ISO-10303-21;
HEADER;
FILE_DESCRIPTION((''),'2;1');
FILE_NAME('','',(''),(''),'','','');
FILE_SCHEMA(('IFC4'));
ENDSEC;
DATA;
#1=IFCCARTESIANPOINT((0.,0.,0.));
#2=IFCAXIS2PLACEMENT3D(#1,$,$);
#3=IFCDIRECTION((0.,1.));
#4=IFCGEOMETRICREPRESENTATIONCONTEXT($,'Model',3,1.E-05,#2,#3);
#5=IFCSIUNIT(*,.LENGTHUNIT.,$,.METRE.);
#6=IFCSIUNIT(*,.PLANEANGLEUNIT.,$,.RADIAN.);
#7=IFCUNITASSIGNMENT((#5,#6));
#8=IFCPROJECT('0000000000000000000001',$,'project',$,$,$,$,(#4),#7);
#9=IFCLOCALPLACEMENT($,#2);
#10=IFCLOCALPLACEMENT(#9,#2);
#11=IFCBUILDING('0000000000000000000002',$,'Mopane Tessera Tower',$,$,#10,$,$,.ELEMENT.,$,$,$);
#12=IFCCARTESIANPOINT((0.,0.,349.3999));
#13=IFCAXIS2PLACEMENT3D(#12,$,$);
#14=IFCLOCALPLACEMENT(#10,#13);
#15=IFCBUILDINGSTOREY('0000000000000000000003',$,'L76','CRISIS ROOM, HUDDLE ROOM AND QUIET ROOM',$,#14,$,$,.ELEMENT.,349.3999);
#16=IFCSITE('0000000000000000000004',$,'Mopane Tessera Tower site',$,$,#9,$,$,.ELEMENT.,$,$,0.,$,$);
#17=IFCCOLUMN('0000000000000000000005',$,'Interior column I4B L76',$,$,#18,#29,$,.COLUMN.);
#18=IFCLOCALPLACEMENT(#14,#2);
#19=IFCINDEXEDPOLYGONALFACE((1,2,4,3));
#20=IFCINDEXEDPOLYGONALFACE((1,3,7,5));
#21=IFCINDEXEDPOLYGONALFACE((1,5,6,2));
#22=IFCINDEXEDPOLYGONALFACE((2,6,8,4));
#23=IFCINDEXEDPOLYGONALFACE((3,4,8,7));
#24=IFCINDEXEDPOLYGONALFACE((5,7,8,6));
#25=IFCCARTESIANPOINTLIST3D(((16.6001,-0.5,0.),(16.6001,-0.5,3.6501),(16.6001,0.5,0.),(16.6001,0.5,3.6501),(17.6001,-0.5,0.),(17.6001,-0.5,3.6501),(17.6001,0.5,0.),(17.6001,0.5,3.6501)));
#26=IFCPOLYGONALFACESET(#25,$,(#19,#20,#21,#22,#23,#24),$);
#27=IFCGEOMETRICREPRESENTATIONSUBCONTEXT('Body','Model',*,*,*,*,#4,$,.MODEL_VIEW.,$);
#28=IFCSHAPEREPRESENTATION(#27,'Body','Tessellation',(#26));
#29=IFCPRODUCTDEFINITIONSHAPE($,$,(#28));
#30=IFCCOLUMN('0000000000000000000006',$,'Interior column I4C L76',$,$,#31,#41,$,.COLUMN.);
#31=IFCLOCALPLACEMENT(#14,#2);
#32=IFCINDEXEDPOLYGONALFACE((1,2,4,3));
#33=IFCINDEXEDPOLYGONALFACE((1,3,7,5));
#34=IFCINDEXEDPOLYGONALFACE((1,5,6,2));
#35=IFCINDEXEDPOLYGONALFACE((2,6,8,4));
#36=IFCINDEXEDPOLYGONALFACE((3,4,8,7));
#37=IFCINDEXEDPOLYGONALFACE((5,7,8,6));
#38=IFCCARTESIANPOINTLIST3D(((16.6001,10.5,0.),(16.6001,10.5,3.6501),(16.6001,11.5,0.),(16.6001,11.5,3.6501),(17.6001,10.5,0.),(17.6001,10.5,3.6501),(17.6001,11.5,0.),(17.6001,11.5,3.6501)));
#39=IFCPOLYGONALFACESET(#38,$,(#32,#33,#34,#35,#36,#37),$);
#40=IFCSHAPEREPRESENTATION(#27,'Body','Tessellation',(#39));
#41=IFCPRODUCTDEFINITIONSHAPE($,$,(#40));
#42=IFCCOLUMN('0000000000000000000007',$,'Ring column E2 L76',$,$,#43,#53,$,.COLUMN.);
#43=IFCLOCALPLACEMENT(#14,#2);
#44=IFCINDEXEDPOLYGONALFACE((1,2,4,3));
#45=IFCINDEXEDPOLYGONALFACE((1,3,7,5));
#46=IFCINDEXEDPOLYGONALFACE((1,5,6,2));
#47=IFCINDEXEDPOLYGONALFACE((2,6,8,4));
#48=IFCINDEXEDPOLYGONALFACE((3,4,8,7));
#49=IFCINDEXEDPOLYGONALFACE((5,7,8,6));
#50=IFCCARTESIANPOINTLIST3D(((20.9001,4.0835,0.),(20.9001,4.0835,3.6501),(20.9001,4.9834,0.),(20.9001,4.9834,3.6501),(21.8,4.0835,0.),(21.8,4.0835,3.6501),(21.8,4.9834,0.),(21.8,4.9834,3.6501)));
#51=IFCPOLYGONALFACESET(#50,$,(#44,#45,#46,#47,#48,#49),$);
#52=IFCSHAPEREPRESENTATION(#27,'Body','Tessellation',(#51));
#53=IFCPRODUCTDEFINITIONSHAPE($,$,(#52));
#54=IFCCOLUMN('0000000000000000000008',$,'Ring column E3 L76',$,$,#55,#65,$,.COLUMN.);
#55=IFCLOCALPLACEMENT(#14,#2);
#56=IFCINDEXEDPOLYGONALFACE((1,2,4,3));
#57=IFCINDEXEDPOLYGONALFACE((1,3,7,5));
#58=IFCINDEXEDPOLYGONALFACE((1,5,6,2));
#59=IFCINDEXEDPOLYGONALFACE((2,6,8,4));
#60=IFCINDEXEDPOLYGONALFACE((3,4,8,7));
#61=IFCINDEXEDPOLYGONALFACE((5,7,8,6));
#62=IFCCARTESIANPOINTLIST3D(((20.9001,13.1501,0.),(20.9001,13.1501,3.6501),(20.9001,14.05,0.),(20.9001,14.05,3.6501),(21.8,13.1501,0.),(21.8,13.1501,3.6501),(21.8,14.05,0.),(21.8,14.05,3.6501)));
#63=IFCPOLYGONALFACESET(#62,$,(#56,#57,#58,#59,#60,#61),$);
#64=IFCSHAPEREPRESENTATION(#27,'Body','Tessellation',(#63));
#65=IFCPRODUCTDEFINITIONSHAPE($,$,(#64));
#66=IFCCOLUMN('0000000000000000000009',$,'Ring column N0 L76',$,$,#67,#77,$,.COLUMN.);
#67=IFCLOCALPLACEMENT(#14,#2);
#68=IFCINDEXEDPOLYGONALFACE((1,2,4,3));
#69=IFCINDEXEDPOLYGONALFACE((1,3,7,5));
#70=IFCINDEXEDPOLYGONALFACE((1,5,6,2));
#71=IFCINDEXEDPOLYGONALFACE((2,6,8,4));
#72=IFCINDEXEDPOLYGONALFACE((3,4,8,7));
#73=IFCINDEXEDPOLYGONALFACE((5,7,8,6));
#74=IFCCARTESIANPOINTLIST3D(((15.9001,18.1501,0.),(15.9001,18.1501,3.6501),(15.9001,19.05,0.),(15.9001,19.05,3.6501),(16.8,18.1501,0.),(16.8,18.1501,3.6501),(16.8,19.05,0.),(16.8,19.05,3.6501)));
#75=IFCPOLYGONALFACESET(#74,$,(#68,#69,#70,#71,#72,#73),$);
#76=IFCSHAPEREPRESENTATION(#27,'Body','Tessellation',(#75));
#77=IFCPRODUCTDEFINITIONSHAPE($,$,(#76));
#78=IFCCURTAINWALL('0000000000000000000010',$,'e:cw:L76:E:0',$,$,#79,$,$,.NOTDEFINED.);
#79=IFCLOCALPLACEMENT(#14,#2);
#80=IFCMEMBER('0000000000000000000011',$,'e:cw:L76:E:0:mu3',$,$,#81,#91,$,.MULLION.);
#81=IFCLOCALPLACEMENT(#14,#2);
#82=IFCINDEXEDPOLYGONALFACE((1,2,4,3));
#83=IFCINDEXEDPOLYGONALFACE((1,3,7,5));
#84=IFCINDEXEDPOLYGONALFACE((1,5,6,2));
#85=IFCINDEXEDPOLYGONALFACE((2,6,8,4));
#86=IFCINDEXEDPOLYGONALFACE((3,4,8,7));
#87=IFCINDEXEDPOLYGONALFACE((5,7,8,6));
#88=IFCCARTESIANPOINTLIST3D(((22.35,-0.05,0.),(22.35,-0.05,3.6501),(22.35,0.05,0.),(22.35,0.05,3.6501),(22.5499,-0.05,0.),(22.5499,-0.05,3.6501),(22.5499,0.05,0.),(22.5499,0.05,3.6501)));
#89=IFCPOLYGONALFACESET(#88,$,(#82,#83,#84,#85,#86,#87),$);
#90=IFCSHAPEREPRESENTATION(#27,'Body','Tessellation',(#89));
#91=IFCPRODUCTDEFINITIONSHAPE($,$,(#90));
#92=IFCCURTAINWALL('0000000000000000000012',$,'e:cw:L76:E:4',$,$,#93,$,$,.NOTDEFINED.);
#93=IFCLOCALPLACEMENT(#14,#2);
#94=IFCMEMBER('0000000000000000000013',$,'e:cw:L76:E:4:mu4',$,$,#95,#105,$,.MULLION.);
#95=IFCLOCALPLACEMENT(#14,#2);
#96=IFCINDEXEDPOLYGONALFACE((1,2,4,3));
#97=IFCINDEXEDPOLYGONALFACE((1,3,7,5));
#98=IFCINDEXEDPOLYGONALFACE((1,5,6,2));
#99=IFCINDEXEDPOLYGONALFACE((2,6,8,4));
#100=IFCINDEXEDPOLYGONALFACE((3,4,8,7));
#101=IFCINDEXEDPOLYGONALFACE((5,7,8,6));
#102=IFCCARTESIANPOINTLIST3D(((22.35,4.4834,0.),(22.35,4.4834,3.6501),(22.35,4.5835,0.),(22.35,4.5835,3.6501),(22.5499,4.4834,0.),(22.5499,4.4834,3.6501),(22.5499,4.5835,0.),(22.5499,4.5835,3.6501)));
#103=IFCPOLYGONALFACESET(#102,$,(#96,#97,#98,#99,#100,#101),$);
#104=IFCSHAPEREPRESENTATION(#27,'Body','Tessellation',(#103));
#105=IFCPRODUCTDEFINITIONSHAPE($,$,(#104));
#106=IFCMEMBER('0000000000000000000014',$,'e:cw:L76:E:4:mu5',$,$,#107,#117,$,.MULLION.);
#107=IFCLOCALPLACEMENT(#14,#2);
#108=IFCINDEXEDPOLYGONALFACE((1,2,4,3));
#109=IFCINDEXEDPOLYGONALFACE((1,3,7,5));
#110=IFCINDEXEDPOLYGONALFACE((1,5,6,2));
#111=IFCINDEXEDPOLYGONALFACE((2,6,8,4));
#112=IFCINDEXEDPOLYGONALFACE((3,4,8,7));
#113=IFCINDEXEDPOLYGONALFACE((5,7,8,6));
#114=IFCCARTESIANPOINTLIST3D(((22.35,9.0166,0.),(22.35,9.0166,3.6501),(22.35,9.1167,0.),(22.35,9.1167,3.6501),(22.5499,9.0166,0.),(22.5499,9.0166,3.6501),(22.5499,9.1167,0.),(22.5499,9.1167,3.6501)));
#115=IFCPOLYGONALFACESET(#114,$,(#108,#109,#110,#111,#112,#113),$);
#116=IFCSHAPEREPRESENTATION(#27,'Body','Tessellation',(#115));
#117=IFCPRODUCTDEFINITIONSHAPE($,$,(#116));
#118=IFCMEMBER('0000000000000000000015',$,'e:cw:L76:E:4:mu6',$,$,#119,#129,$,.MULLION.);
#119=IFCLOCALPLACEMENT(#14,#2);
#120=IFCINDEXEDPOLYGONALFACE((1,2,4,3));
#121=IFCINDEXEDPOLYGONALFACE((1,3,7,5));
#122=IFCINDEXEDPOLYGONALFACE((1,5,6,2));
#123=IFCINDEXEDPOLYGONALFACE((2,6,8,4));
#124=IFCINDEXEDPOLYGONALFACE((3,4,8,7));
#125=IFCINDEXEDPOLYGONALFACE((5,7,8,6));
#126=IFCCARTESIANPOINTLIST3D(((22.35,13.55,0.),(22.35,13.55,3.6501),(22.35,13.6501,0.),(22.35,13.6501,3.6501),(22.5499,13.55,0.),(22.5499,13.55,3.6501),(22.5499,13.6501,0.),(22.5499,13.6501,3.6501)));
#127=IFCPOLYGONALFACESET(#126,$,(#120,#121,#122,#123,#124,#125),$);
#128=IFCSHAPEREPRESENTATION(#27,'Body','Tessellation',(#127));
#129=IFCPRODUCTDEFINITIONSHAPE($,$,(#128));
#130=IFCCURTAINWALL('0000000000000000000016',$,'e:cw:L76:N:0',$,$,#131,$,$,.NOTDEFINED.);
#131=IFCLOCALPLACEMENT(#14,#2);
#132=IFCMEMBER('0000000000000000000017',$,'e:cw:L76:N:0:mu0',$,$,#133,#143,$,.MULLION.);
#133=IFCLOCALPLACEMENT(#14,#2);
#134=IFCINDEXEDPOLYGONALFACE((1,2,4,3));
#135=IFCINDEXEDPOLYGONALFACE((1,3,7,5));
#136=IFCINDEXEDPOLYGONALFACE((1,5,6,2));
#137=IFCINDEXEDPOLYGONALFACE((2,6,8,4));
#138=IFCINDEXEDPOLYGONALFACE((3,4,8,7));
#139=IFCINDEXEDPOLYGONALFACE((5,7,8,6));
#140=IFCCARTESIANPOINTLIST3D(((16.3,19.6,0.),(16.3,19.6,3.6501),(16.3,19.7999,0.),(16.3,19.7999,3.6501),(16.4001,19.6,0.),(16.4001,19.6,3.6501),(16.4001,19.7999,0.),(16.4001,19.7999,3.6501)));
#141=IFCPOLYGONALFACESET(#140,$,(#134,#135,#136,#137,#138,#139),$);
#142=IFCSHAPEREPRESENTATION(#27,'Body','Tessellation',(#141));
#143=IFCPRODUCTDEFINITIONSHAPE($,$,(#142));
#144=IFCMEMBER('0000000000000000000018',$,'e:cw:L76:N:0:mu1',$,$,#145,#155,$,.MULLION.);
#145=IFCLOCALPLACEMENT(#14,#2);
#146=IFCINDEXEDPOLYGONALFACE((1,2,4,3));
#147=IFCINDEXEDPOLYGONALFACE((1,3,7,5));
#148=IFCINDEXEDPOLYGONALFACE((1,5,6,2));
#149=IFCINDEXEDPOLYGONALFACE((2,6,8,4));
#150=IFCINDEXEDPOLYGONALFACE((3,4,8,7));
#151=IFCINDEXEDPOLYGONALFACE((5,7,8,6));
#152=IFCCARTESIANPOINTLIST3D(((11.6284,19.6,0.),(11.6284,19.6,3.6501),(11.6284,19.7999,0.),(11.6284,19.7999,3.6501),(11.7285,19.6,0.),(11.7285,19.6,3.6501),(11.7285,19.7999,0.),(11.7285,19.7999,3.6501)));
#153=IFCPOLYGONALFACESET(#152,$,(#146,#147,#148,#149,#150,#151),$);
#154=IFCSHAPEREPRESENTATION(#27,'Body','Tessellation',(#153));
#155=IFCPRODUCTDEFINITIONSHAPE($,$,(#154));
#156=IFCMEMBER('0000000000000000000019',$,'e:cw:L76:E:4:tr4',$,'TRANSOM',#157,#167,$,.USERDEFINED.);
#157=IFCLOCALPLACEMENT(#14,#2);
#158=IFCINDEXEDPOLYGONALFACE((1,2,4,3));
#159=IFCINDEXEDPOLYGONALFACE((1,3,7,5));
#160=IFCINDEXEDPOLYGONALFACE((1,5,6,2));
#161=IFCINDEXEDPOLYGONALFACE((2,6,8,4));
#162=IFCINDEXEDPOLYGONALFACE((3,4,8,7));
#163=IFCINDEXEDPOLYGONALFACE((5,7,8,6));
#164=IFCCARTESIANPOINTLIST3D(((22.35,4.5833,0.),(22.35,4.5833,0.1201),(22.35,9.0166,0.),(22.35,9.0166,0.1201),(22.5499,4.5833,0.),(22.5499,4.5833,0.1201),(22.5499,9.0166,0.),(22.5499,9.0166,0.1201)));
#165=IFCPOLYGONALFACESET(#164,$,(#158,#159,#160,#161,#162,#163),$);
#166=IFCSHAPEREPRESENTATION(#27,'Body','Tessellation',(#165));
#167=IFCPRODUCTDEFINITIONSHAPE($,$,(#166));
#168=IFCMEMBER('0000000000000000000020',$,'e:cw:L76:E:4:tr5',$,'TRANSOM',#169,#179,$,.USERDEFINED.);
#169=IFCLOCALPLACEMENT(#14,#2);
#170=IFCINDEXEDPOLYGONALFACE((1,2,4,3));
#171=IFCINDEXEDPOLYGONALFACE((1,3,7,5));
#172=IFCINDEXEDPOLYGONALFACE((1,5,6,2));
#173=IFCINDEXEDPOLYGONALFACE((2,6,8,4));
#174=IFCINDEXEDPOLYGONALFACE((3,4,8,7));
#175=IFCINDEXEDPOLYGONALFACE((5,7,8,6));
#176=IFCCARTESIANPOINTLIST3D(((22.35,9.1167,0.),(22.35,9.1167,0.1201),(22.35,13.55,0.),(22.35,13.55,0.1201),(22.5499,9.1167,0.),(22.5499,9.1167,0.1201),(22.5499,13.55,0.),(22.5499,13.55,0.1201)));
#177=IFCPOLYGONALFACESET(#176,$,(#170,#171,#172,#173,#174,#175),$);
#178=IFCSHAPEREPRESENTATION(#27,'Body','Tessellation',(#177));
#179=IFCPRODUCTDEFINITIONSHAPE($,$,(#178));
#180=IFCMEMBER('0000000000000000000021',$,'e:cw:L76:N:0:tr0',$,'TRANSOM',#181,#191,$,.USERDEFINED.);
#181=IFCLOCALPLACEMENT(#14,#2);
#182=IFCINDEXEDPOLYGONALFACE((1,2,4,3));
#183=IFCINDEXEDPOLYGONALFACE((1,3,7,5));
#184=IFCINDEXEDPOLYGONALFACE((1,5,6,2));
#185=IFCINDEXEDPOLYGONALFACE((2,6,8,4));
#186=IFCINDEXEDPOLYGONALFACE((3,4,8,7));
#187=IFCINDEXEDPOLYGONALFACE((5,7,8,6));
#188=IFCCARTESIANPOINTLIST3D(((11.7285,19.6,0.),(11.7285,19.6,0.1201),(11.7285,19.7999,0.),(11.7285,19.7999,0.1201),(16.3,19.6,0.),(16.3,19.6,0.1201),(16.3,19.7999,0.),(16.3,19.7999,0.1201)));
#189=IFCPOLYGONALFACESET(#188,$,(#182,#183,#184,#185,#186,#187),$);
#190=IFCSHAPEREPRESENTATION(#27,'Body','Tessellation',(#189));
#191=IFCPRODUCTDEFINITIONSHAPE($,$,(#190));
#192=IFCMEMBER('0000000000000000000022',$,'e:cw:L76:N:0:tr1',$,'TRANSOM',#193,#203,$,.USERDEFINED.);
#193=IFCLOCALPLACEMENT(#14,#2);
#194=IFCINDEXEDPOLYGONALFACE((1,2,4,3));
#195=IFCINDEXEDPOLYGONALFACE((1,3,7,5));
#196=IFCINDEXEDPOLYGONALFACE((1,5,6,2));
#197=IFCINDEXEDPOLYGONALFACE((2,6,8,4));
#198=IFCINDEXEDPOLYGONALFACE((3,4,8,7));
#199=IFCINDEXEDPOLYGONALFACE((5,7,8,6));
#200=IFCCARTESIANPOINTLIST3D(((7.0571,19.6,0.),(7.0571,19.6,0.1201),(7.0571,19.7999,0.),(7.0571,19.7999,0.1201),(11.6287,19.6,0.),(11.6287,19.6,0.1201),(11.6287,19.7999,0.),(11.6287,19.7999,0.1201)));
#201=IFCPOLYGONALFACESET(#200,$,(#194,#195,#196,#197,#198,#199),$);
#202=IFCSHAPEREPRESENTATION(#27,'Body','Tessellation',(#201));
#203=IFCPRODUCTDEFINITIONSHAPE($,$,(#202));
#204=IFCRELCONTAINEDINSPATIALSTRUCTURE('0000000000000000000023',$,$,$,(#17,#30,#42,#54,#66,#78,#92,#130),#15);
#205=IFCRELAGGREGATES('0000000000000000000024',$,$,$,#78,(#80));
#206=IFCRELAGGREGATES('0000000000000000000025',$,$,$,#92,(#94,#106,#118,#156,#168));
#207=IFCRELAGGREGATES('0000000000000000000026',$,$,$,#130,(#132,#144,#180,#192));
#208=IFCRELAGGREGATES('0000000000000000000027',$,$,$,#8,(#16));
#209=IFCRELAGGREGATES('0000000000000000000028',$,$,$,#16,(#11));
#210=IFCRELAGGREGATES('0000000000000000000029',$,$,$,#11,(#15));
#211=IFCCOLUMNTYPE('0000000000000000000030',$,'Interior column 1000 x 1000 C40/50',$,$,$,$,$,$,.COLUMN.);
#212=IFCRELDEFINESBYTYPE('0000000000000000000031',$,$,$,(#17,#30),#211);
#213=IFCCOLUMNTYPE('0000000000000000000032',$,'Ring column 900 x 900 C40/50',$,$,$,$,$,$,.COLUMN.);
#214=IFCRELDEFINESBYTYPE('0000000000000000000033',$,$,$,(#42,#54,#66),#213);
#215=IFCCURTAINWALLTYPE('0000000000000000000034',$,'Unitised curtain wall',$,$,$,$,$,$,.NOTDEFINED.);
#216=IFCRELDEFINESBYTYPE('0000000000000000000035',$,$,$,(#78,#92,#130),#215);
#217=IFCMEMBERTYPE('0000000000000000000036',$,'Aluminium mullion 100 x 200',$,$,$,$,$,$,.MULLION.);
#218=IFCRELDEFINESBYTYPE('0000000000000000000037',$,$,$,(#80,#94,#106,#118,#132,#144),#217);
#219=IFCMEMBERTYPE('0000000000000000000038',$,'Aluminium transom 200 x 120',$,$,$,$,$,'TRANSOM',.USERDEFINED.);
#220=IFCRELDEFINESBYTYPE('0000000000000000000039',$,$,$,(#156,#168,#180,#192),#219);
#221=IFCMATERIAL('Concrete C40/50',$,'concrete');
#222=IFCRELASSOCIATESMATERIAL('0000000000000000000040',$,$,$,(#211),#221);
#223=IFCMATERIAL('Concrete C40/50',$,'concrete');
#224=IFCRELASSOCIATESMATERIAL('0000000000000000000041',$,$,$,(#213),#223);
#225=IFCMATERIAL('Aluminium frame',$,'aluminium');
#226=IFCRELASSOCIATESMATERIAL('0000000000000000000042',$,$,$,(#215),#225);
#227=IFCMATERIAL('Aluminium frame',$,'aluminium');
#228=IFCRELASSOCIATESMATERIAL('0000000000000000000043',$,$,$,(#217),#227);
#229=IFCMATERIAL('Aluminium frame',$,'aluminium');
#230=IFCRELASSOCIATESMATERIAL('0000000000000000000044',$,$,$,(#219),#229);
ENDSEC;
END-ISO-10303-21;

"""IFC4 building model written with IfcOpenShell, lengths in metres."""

from ifc_helpers import new_model, si_unit, direction, frame, origin, origin_2d, place, context, subcontext, project, spatial, rectangle, extrude, material, material_profile, profile_set, type_object, element, aggregate, save


model = new_model("IFC4")

# Units and contexts
model_context = context("Model", 3, precision=1e-05, world=origin(), true_north=direction((0.0, 1.0)))
body_context = subcontext(model_context, "Body", "Model", "MODEL_VIEW")
ifc_project = project(units=[si_unit("LENGTHUNIT", "METRE"), si_unit("PLANEANGLEUNIT", "RADIAN")], contexts=[model_context])

# Site, building, storey
site_placement = place(None, origin())
site = spatial("IfcSite", under=ifc_project, at=site_placement, Name="Mopane Tessera Tower site", CompositionType="ELEMENT", RefElevation=0.0)
building_placement = place(site_placement, origin())
building = spatial("IfcBuilding", under=site, at=building_placement, Name="Mopane Tessera Tower", CompositionType="ELEMENT")
storey_placement = place(building_placement, frame((0.0, 0.0, 349.3999)))
storey = spatial("IfcBuildingStorey", under=building, at=storey_placement, Name="L76", Description="CRISIS ROOM, HUDDLE ROOM AND QUIET ROOM", CompositionType="ELEMENT", Elevation=349.3999)

# Columns
ifc_material_1 = material(Name="Concrete C40/50", Category="concrete")
ifc_material_profile_1 = material_profile(ifc_material_1, rectangle(XDim=1.0, YDim=1.0, at=origin_2d()))
ifc_profile_set_1 = profile_set([ifc_material_profile_1], Name="Concrete C40/50")
column_type_1 = type_object("IfcColumnType", Name="Interior column 1000 x 1000 C40/50", PredefinedType="COLUMN", material=ifc_profile_set_1)
for number, where, z_axis, x_axis, name in (
    (1, (17.1001, 0.0, 0.0), (0.0, 0.0, 1.0), (1.0, 0.0, 0.0), "Interior column I4B L76"),
    (2, (17.1001, 11.0, 0.0), (0.0, 0.0, 1.0), (1.0, 0.0, 0.0), "Interior column I4C L76"),
):
    element("IfcColumn", number, at=place(storey_placement, frame(where, z_axis=z_axis, x_axis=x_axis)), inside=storey, type_object=column_type_1, Name=name, PredefinedType="COLUMN", context=body_context, shape_type="SweptSolid", body=[
        extrude(rectangle(XDim=1.0, YDim=1.0, at=origin_2d()), origin(), (0.0, 0.0, 1.0), 3.6501),
    ])
ifc_material_2 = material(Name="Concrete C40/50", Category="concrete")
ifc_material_profile_2 = material_profile(ifc_material_2, rectangle(XDim=0.8999, YDim=0.8999, at=origin_2d()))
ifc_profile_set_2 = profile_set([ifc_material_profile_2], Name="Concrete C40/50")
column_type_2 = type_object("IfcColumnType", Name="Ring column 900 x 900 C40/50", PredefinedType="COLUMN", material=ifc_profile_set_2)
for number, where, z_axis, x_axis, name in (
    (3, (21.3501, 4.5334, 0.0), (0.0, 0.0, 1.0), (1.0, 0.0, 0.0), "Ring column E2 L76"),
    (4, (21.3501, 13.6001, 0.0), (0.0, 0.0, 1.0), (1.0, 0.0, 0.0), "Ring column E3 L76"),
    (5, (16.3501, 18.6001, 0.0), (0.0, 0.0, 1.0), (1.0, 0.0, 0.0), "Ring column N0 L76"),
):
    element("IfcColumn", number, at=place(storey_placement, frame(where, z_axis=z_axis, x_axis=x_axis)), inside=storey, type_object=column_type_2, Name=name, PredefinedType="COLUMN", context=body_context, shape_type="SweptSolid", body=[
        extrude(rectangle(XDim=0.8999, YDim=0.8999, at=origin_2d()), origin(), (0.0, 0.0, 1.0), 3.6501),
    ])

# Curtain wall, member
ifc_material_3 = material(Name="Aluminium frame", Category="aluminium")
curtain_wall_type = type_object("IfcCurtainWallType", Name="Unitised curtain wall", PredefinedType="NOTDEFINED", material=ifc_material_3)
curtain_wall_1_placement = place(storey_placement, origin())
curtain_wall_1 = element("IfcCurtainWall", 6, at=curtain_wall_1_placement, inside=storey, type_object=curtain_wall_type, Name="e:cw:L76:E:0", PredefinedType="NOTDEFINED")
ifc_material_4 = material(Name="Aluminium frame", Category="aluminium")
ifc_material_profile_3 = material_profile(ifc_material_4, rectangle(XDim=0.1001, YDim=0.2, at=origin_2d()))
ifc_profile_set_3 = profile_set([ifc_material_profile_3], Name="Aluminium frame")
member_type_1 = type_object("IfcMemberType", Name="Aluminium mullion 100 x 200", PredefinedType="MULLION", material=ifc_profile_set_3)
member_1_placement = place(storey_placement, frame((22.45, 0.0, 0.0), z_axis=(0.0, 0.0, 1.0), x_axis=(0.0, 1.0, 0.0)))
member_1 = element("IfcMember", 7, at=member_1_placement, type_object=member_type_1, Name="e:cw:L76:E:0:mu3", PredefinedType="MULLION", context=body_context, shape_type="SweptSolid", body=[
    extrude(rectangle(XDim=0.1001, YDim=0.2, at=origin_2d()), origin(), (0.0, 0.0, 1.0), 3.6501),
])
aggregate(curtain_wall_1, [member_1])

# Curtain walls, members
curtain_wall_2_placement = place(storey_placement, origin())
curtain_wall_2 = element("IfcCurtainWall", 8, at=curtain_wall_2_placement, inside=storey, type_object=curtain_wall_type, Name="e:cw:L76:E:4", PredefinedType="NOTDEFINED")
member_2_placement = place(storey_placement, frame((22.45, 4.5334, 0.0), z_axis=(0.0, 0.0, 1.0), x_axis=(0.0, 1.0, 0.0)))
member_2 = element("IfcMember", 9, at=member_2_placement, type_object=member_type_1, Name="e:cw:L76:E:4:mu4", PredefinedType="MULLION", context=body_context, shape_type="SweptSolid", body=[
    extrude(rectangle(XDim=0.1001, YDim=0.2, at=origin_2d()), origin(), (0.0, 0.0, 1.0), 3.6501),
])
member_3_placement = place(storey_placement, frame((22.45, 9.0667, 0.0), z_axis=(0.0, 0.0, 1.0), x_axis=(0.0, 1.0, 0.0)))
member_3 = element("IfcMember", 10, at=member_3_placement, type_object=member_type_1, Name="e:cw:L76:E:4:mu5", PredefinedType="MULLION", context=body_context, shape_type="SweptSolid", body=[
    extrude(rectangle(XDim=0.1001, YDim=0.2, at=origin_2d()), origin(), (0.0, 0.0, 1.0), 3.6501),
])
member_4_placement = place(storey_placement, frame((22.45, 13.6001, 0.0), z_axis=(0.0, 0.0, 1.0), x_axis=(0.0, 1.0, 0.0)))
member_4 = element("IfcMember", 11, at=member_4_placement, type_object=member_type_1, Name="e:cw:L76:E:4:mu6", PredefinedType="MULLION", context=body_context, shape_type="SweptSolid", body=[
    extrude(rectangle(XDim=0.1001, YDim=0.2, at=origin_2d()), origin(), (0.0, 0.0, 1.0), 3.6501),
])
curtain_wall_3_placement = place(storey_placement, origin())
curtain_wall_3 = element("IfcCurtainWall", 12, at=curtain_wall_3_placement, inside=storey, type_object=curtain_wall_type, Name="e:cw:L76:N:0", PredefinedType="NOTDEFINED")
member_5_placement = place(storey_placement, frame((16.3501, 19.7, 0.0), z_axis=(0.0, 0.0, 1.0), x_axis=(-1.0, 0.0, 0.0)))
member_5 = element("IfcMember", 13, at=member_5_placement, type_object=member_type_1, Name="e:cw:L76:N:0:mu0", PredefinedType="MULLION", context=body_context, shape_type="SweptSolid", body=[
    extrude(rectangle(XDim=0.1001, YDim=0.2, at=origin_2d()), origin(), (0.0, 0.0, 1.0), 3.6501),
])
member_6_placement = place(storey_placement, frame((11.6785, 19.7, 0.0), z_axis=(0.0, 0.0, 1.0), x_axis=(-1.0, 0.0, 0.0)))
member_6 = element("IfcMember", 14, at=member_6_placement, type_object=member_type_1, Name="e:cw:L76:N:0:mu1", PredefinedType="MULLION", context=body_context, shape_type="SweptSolid", body=[
    extrude(rectangle(XDim=0.1001, YDim=0.2, at=origin_2d()), origin(), (0.0, 0.0, 1.0), 3.6501),
])

# Members
ifc_material_5 = material(Name="Aluminium frame", Category="aluminium")
ifc_material_profile_4 = material_profile(ifc_material_5, rectangle(XDim=0.2, YDim=0.1201, at=origin_2d()))
ifc_profile_set_4 = profile_set([ifc_material_profile_4], Name="Aluminium frame")
member_type_2 = type_object("IfcMemberType", Name="Aluminium transom 200 x 120", ElementType="TRANSOM", PredefinedType="USERDEFINED", material=ifc_profile_set_4)
member_7_placement = place(storey_placement, frame((22.45, 4.5833, 0.0601), z_axis=(0.0, 1.0, 0.0), x_axis=(-1.0, 0.0, 0.0)))
member_7 = element("IfcMember", 15, at=member_7_placement, type_object=member_type_2, Name="e:cw:L76:E:4:tr4", ObjectType="TRANSOM", PredefinedType="USERDEFINED", context=body_context, shape_type="SweptSolid", body=[
    extrude(rectangle(XDim=0.2, YDim=0.1201, at=origin_2d()), origin(), (0.0, 0.0, 1.0), 4.4333),
])
member_8_placement = place(storey_placement, frame((22.45, 9.1167, 0.0601), z_axis=(0.0, 1.0, 0.0), x_axis=(-1.0, 0.0, 0.0)))
member_8 = element("IfcMember", 16, at=member_8_placement, type_object=member_type_2, Name="e:cw:L76:E:4:tr5", ObjectType="TRANSOM", PredefinedType="USERDEFINED", context=body_context, shape_type="SweptSolid", body=[
    extrude(rectangle(XDim=0.2, YDim=0.1201, at=origin_2d()), origin(), (0.0, 0.0, 1.0), 4.4333),
])
member_9_placement = place(storey_placement, frame((16.3, 19.7, 0.0601), z_axis=(-1.0, 0.0, 0.0), x_axis=(0.0, -1.0, 0.0)))
member_9 = element("IfcMember", 17, at=member_9_placement, type_object=member_type_2, Name="e:cw:L76:N:0:tr0", ObjectType="TRANSOM", PredefinedType="USERDEFINED", context=body_context, shape_type="SweptSolid", body=[
    extrude(rectangle(XDim=0.2, YDim=0.1201, at=origin_2d()), origin(), (0.0, 0.0, 1.0), 4.5715),
])
member_10_placement = place(storey_placement, frame((11.6287, 19.7, 0.0601), z_axis=(-1.0, 0.0, 0.0), x_axis=(0.0, -1.0, 0.0)))
member_10 = element("IfcMember", 18, at=member_10_placement, type_object=member_type_2, Name="e:cw:L76:N:0:tr1", ObjectType="TRANSOM", PredefinedType="USERDEFINED", context=body_context, shape_type="SweptSolid", body=[
    extrude(rectangle(XDim=0.2, YDim=0.1201, at=origin_2d()), origin(), (0.0, 0.0, 1.0), 4.5715),
])

aggregate(curtain_wall_2, [member_2, member_3, member_4, member_7, member_8])
aggregate(curtain_wall_3, [member_5, member_6, member_9, member_10])

save(model, "model.ifc")
